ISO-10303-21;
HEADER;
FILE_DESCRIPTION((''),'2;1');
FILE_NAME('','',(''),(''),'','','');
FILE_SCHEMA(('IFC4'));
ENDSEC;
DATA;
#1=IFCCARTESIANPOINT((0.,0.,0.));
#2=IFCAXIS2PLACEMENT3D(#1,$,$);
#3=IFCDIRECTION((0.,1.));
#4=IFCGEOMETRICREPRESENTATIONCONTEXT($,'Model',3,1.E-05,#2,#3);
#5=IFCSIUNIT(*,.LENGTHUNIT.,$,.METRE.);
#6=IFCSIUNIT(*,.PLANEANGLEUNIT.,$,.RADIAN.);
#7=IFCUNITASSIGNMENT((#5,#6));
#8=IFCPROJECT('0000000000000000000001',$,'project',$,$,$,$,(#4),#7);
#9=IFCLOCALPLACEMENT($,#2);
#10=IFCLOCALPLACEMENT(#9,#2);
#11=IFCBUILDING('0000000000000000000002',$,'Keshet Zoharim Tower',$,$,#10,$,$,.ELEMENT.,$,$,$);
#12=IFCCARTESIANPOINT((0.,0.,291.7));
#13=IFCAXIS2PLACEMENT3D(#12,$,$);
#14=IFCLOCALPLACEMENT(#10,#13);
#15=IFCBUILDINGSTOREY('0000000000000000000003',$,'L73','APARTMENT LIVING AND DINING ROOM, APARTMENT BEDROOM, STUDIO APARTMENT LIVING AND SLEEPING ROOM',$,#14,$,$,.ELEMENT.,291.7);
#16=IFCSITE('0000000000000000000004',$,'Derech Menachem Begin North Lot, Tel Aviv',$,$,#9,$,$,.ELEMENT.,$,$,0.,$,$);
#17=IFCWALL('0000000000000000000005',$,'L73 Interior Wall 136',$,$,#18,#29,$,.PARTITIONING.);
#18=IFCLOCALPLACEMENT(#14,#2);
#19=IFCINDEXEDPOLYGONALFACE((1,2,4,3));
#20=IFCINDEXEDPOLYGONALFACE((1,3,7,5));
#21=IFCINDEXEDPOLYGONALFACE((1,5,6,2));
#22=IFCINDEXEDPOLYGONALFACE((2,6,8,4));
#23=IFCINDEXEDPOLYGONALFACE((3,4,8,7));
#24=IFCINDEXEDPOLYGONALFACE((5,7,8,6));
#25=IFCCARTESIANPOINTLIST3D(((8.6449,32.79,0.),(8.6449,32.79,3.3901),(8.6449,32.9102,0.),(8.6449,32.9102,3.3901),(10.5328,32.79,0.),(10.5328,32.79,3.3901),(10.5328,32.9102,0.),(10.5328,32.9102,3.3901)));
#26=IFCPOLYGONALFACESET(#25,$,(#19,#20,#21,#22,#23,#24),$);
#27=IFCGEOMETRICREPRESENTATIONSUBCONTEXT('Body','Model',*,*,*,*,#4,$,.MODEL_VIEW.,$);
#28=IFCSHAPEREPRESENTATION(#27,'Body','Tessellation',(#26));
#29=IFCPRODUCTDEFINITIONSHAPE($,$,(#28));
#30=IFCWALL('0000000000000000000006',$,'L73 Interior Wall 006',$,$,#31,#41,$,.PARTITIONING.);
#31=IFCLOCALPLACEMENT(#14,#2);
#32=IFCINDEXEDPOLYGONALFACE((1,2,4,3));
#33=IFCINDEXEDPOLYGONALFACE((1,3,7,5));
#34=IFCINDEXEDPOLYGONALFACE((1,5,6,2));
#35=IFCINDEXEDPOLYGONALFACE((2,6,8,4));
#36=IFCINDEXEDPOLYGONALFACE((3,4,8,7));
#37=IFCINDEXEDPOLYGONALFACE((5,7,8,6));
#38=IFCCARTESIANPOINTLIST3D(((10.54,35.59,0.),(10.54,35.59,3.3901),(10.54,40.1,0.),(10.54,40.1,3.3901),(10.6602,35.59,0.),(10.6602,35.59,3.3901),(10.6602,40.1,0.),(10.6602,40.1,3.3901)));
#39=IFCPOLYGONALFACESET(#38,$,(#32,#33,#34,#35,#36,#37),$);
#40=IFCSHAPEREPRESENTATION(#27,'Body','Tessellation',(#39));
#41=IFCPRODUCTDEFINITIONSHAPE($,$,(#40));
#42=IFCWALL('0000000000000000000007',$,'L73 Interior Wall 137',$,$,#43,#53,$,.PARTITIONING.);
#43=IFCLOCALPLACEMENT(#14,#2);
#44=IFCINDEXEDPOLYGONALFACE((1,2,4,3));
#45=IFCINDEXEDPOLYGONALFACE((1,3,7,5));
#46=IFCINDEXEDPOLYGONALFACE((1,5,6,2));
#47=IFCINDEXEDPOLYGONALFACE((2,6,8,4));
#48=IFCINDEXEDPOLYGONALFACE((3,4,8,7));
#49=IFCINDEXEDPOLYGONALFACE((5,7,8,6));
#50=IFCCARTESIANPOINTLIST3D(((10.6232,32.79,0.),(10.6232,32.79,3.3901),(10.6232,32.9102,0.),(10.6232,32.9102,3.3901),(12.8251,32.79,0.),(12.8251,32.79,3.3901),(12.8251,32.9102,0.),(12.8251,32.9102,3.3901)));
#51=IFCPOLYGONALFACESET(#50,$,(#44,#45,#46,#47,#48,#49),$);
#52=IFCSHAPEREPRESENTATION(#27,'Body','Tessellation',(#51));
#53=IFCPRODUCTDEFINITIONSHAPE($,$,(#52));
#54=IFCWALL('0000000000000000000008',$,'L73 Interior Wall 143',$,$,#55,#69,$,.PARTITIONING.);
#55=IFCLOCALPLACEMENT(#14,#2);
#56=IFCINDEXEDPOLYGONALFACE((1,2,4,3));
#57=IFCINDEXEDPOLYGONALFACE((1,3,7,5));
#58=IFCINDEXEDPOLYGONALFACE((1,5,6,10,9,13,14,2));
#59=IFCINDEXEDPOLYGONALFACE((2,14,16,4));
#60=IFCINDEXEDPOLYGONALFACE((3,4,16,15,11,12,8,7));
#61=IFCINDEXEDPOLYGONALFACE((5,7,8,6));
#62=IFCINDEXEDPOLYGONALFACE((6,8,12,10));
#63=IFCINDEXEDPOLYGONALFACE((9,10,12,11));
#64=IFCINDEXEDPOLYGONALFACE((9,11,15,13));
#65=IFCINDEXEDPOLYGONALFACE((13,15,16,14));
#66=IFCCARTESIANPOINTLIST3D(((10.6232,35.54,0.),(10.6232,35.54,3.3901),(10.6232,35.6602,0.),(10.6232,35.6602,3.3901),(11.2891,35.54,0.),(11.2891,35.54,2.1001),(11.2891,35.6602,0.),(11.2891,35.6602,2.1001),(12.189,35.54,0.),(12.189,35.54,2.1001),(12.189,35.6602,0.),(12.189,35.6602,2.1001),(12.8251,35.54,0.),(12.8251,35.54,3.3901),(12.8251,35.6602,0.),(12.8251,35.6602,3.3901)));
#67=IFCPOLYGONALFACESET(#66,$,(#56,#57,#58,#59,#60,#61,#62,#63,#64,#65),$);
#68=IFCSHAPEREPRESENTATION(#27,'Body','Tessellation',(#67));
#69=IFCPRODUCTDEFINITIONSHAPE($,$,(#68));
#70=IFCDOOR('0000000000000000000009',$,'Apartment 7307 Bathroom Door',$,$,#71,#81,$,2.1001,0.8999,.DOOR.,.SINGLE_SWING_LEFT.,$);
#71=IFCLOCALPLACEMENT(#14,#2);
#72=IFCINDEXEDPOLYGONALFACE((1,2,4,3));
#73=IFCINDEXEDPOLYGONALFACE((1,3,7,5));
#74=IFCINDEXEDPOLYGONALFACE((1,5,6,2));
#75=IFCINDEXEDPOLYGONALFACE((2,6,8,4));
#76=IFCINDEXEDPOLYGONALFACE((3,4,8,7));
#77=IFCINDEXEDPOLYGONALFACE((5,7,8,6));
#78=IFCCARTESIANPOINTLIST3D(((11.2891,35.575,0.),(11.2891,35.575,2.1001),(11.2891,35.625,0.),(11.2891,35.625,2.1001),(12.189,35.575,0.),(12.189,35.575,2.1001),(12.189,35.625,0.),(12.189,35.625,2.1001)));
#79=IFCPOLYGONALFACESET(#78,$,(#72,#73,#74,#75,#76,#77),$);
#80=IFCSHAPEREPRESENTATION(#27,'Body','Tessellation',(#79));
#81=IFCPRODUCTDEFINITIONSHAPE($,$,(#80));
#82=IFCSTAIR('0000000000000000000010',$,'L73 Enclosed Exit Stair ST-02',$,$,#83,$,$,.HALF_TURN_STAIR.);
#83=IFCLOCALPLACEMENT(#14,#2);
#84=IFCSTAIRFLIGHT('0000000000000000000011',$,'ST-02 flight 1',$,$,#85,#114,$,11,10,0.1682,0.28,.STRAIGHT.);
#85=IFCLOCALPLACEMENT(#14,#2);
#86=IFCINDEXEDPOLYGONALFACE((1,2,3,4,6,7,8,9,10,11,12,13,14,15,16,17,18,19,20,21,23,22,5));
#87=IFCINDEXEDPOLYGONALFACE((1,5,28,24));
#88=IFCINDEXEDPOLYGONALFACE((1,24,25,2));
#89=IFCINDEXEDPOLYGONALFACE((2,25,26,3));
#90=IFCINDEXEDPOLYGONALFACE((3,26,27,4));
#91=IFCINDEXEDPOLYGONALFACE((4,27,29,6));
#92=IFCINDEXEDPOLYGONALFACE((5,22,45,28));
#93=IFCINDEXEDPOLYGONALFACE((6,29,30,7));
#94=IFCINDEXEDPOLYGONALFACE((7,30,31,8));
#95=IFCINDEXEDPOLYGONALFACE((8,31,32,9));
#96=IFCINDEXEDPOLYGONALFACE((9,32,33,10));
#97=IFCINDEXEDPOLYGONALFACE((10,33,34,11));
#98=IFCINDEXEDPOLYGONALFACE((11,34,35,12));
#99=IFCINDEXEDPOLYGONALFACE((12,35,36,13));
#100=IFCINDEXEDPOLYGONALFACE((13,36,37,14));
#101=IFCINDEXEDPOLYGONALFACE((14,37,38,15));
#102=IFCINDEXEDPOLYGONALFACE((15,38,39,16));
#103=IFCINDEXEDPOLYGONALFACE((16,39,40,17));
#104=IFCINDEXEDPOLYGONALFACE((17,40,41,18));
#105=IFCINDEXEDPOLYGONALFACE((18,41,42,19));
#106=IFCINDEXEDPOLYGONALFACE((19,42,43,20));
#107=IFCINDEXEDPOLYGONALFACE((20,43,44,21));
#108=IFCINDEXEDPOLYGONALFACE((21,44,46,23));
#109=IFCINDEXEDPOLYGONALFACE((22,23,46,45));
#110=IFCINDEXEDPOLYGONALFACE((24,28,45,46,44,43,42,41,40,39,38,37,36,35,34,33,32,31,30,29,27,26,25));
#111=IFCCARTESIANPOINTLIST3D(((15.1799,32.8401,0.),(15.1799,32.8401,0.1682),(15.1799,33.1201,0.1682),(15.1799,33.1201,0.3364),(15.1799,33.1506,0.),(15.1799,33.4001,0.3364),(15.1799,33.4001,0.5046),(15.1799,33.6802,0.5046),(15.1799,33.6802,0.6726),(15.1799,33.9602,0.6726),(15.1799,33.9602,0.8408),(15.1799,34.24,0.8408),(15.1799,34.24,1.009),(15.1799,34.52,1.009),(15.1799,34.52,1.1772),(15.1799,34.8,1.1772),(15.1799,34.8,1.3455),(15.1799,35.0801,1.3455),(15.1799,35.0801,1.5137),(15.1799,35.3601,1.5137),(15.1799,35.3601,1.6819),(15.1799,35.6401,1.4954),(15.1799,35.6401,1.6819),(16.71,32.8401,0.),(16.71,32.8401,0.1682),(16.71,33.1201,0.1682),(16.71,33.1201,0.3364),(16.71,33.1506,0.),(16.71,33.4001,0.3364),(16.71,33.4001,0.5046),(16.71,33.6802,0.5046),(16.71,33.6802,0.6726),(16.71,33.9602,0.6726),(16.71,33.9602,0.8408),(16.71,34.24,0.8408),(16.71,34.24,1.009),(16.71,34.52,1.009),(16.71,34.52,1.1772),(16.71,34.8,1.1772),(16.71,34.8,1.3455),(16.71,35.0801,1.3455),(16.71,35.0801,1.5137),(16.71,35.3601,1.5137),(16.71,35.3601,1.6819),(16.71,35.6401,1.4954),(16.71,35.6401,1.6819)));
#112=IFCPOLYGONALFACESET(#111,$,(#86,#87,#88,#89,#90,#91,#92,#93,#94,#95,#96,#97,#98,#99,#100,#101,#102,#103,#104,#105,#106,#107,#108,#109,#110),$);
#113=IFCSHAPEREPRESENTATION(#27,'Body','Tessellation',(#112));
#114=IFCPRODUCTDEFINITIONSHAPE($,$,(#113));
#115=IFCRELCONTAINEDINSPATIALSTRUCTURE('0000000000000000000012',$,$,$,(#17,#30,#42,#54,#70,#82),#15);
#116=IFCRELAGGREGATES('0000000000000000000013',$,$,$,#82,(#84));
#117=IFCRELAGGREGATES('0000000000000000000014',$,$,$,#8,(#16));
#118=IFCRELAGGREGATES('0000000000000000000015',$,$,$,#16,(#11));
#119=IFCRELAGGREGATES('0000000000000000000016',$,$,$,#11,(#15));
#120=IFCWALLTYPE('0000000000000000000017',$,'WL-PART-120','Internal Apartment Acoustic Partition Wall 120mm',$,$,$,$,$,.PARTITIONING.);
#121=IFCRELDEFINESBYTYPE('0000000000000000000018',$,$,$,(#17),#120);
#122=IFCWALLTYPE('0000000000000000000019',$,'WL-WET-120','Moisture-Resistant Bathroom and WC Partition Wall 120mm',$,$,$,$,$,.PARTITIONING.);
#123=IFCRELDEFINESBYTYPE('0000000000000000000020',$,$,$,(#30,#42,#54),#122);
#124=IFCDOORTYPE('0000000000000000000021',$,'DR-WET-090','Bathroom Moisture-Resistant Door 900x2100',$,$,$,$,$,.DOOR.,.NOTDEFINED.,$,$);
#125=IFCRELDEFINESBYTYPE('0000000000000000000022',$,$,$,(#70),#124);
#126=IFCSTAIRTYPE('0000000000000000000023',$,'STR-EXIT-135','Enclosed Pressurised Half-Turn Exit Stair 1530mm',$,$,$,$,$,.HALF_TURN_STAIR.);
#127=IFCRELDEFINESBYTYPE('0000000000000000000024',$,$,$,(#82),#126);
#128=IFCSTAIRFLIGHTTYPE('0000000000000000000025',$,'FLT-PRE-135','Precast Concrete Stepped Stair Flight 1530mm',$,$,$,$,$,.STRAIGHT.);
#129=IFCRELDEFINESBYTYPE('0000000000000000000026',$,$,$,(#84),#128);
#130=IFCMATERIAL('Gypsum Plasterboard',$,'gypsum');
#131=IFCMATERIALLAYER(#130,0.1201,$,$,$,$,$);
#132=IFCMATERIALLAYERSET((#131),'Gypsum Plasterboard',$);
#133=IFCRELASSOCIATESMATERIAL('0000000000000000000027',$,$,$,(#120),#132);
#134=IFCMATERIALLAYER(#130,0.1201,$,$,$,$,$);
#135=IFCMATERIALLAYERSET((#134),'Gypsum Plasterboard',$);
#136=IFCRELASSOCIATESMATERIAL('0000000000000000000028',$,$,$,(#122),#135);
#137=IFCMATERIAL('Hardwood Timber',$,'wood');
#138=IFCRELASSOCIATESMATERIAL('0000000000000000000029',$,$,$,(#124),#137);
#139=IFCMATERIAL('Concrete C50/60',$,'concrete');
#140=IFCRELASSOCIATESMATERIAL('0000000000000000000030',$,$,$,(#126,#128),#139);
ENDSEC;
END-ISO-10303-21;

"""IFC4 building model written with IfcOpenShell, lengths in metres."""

from ifc_helpers import new_model, si_unit, direction, frame, frame_2d, origin, place, context, subcontext, project, spatial, polyline, rectangle, outline, extrude, material, layer, layer_set, type_object, element, fill, aggregate, save


model = new_model("IFC4")

# Units and contexts
model_context = context("Model", 3, precision=1e-05, world=origin(), true_north=direction((0.0, 1.0)))
body_context = subcontext(model_context, "Body", "Model", "MODEL_VIEW")
ifc_project = project(units=[si_unit("LENGTHUNIT", "METRE"), si_unit("PLANEANGLEUNIT", "RADIAN")], contexts=[model_context])

# Site, building, storey
site_placement = place(None, origin())
site = spatial("IfcSite", under=ifc_project, at=site_placement, Name="Derech Menachem Begin North Lot, Tel Aviv", CompositionType="ELEMENT", RefElevation=0.0)
building_placement = place(site_placement, origin())
building = spatial("IfcBuilding", under=site, at=building_placement, Name="Keshet Zoharim Tower", CompositionType="ELEMENT")
storey_placement = place(building_placement, frame((0.0, 0.0, 291.7)))
storey = spatial("IfcBuildingStorey", under=building, at=storey_placement, Name="L73", Description="APARTMENT LIVING AND DINING ROOM, APARTMENT BEDROOM, STUDIO APARTMENT LIVING AND SLEEPING ROOM", CompositionType="ELEMENT", Elevation=291.7)

# Shared definitions
ifc_material_1 = material(Name="Hardwood Timber", Category="wood")

# Shared definitions
ifc_material_2 = material(Name="Gypsum Plasterboard", Category="gypsum")

# Wall
ifc_layer_1 = layer(ifc_material_2, 0.1201)
ifc_layer_set_1 = layer_set([ifc_layer_1], Name="Gypsum Plasterboard")
wall_type_1 = type_object("IfcWallType", Name="WL-PART-120", Description="Internal Apartment Acoustic Partition Wall 120mm", PredefinedType="PARTITIONING", material=ifc_layer_set_1)
wall_1_placement = place(storey_placement, frame((8.645, 32.8501, 0.0), z_axis=(0.0, 0.0, 1.0), x_axis=(1.0, 0.0, 0.0)))
element("IfcWall", 1, at=wall_1_placement, inside=storey, type_object=wall_type_1, Name="L73 Interior Wall 136", PredefinedType="PARTITIONING", context=body_context, shape_type="SweptSolid", body=[
    extrude(rectangle(XDim=1.8879, YDim=0.1201, at=frame_2d((0.9438, 0.0))), origin(), (0.0, 0.0, 1.0), 3.3901),
])

# Walls
ifc_layer_2 = layer(ifc_material_2, 0.1201)
ifc_layer_set_2 = layer_set([ifc_layer_2], Name="Gypsum Plasterboard")
wall_type_2 = type_object("IfcWallType", Name="WL-WET-120", Description="Moisture-Resistant Bathroom and WC Partition Wall 120mm", PredefinedType="PARTITIONING", material=ifc_layer_set_2)
wall_2_placement = place(storey_placement, frame((10.6001, 35.5901, 0.0), z_axis=(0.0, 0.0, 1.0), x_axis=(0.0, 1.0, 0.0)))
element("IfcWall", 2, at=wall_2_placement, inside=storey, type_object=wall_type_2, Name="L73 Interior Wall 006", PredefinedType="PARTITIONING", context=body_context, shape_type="SweptSolid", body=[
    extrude(rectangle(XDim=4.51, YDim=0.1201, at=frame_2d((2.2549, 0.0))), origin(), (0.0, 0.0, 1.0), 3.3901),
])
wall_3_placement = place(storey_placement, frame((10.623, 32.8501, 0.0), z_axis=(0.0, 0.0, 1.0), x_axis=(1.0, 0.0, 0.0)))
element("IfcWall", 3, at=wall_3_placement, inside=storey, type_object=wall_type_2, Name="L73 Interior Wall 137", PredefinedType="PARTITIONING", context=body_context, shape_type="SweptSolid", body=[
    extrude(rectangle(XDim=2.2019, YDim=0.1201, at=frame_2d((1.1011, 0.0))), origin(), (0.0, 0.0, 1.0), 3.3901),
])

# Wall, opening, door
wall_4_placement = place(storey_placement, frame((10.623, 35.6001, 0.0), z_axis=(0.0, 0.0, 1.0), x_axis=(1.0, 0.0, 0.0)))
wall_4 = element("IfcWall", 4, at=wall_4_placement, inside=storey, type_object=wall_type_2, Name="L73 Interior Wall 143", PredefinedType="PARTITIONING", context=body_context, shape_type="SweptSolid", body=[
    extrude(rectangle(XDim=2.2019, YDim=0.1201, at=frame_2d((1.1011, 0.0))), origin(), (0.0, 0.0, 1.0), 3.3901),
])
opening_1_placement = place(wall_4_placement, frame((0.666, 0.0, 0.0)))
opening_1 = element("IfcOpeningElement", 5, at=opening_1_placement, cuts=wall_4, PredefinedType="OPENING", context=body_context, shape_type="SweptSolid", body=[
    extrude(rectangle(XDim=0.8999, YDim=2.1001, at=frame_2d((0.45, 1.05))), frame((0.0, 0.0701, 0.0), z_axis=(0.0, -1.0, 0.0), x_axis=(1.0, 0.0, 0.0)), (0.0, 0.0, 1.0), 0.1401),
])
door_type_1 = type_object("IfcDoorType", Name="DR-WET-090", Description="Bathroom Moisture-Resistant Door 900x2100", OperationType="NOTDEFINED", PredefinedType="DOOR", material=ifc_material_1)
door_1_placement = place(opening_1_placement, origin())
door_1 = element("IfcDoor", 6, at=door_1_placement, inside=storey, type_object=door_type_1, Name="Apartment 7307 Bathroom Door", OperationType="SINGLE_SWING_LEFT", OverallHeight=2.1001, OverallWidth=0.8999, PredefinedType="DOOR", context=body_context, shape_type="SweptSolid", body=[
    extrude(rectangle(XDim=0.8999, YDim=2.1001, at=frame_2d((0.45, 1.05))), frame((0.0, 0.0249, 0.0), z_axis=(0.0, -1.0, 0.0), x_axis=(1.0, 0.0, 0.0)), (0.0, 0.0, 1.0), 0.05),
])
fill(opening_1, door_1)

# Stair, stair flight
ifc_material_3 = material(Name="Concrete C50/60", Category="concrete")
stair_type = type_object("IfcStairType", Name="STR-EXIT-135", Description="Enclosed Pressurised Half-Turn Exit Stair 1530mm", PredefinedType="HALF_TURN_STAIR", material=ifc_material_3)
stair_placement = place(storey_placement, origin())
stair = element("IfcStair", 7, at=stair_placement, inside=storey, type_object=stair_type, Name="L73 Enclosed Exit Stair ST-02", PredefinedType="HALF_TURN_STAIR")
stair_flight_type = type_object("IfcStairFlightType", Name="FLT-PRE-135", Description="Precast Concrete Stepped Stair Flight 1530mm", PredefinedType="STRAIGHT", material=ifc_material_3)
stair_flight_placement = place(storey_placement, frame((15.9451, 32.8401, 0.0), z_axis=(0.0, 0.0, 1.0), x_axis=(0.0, 1.0, 0.0)))
stair_flight = element("IfcStairFlight", 8, at=stair_flight_placement, type_object=stair_flight_type, Name="ST-02 flight 1", NumberOfRisers=11, NumberOfTreads=10, PredefinedType="STRAIGHT", RiserHeight=0.1682, TreadLength=0.28, context=body_context, shape_type="SweptSolid", body=[
    extrude(outline(polyline([(0.0, 0.0), (0.0, 0.1682), (0.28, 0.1682), (0.28, 0.3364), (0.5601, 0.3364), (0.5601, 0.5046), (0.8401, 0.5046), (0.8401, 0.6726), (1.1201, 0.6726), (1.1201, 0.8408), (1.3999, 0.8408), (1.3999, 1.009), (1.6799, 1.009), (1.6799, 1.1772), (1.96, 1.1772), (1.96, 1.3455), (2.24, 1.3455), (2.24, 1.5137), (2.52, 1.5137), (2.52, 1.6819), (2.8, 1.6819), (2.8, 1.8501), (2.8, 1.4954), (0.3105, 0.0), (0.0, 0.0)])), frame((0.0, 0.7651, 0.0), z_axis=(0.0, -1.0, 0.0), x_axis=(1.0, 0.0, 0.0)), (0.0, 0.0, 1.0), 1.53),
])
aggregate(stair, [stair_flight])

save(model, "model.ifc")
